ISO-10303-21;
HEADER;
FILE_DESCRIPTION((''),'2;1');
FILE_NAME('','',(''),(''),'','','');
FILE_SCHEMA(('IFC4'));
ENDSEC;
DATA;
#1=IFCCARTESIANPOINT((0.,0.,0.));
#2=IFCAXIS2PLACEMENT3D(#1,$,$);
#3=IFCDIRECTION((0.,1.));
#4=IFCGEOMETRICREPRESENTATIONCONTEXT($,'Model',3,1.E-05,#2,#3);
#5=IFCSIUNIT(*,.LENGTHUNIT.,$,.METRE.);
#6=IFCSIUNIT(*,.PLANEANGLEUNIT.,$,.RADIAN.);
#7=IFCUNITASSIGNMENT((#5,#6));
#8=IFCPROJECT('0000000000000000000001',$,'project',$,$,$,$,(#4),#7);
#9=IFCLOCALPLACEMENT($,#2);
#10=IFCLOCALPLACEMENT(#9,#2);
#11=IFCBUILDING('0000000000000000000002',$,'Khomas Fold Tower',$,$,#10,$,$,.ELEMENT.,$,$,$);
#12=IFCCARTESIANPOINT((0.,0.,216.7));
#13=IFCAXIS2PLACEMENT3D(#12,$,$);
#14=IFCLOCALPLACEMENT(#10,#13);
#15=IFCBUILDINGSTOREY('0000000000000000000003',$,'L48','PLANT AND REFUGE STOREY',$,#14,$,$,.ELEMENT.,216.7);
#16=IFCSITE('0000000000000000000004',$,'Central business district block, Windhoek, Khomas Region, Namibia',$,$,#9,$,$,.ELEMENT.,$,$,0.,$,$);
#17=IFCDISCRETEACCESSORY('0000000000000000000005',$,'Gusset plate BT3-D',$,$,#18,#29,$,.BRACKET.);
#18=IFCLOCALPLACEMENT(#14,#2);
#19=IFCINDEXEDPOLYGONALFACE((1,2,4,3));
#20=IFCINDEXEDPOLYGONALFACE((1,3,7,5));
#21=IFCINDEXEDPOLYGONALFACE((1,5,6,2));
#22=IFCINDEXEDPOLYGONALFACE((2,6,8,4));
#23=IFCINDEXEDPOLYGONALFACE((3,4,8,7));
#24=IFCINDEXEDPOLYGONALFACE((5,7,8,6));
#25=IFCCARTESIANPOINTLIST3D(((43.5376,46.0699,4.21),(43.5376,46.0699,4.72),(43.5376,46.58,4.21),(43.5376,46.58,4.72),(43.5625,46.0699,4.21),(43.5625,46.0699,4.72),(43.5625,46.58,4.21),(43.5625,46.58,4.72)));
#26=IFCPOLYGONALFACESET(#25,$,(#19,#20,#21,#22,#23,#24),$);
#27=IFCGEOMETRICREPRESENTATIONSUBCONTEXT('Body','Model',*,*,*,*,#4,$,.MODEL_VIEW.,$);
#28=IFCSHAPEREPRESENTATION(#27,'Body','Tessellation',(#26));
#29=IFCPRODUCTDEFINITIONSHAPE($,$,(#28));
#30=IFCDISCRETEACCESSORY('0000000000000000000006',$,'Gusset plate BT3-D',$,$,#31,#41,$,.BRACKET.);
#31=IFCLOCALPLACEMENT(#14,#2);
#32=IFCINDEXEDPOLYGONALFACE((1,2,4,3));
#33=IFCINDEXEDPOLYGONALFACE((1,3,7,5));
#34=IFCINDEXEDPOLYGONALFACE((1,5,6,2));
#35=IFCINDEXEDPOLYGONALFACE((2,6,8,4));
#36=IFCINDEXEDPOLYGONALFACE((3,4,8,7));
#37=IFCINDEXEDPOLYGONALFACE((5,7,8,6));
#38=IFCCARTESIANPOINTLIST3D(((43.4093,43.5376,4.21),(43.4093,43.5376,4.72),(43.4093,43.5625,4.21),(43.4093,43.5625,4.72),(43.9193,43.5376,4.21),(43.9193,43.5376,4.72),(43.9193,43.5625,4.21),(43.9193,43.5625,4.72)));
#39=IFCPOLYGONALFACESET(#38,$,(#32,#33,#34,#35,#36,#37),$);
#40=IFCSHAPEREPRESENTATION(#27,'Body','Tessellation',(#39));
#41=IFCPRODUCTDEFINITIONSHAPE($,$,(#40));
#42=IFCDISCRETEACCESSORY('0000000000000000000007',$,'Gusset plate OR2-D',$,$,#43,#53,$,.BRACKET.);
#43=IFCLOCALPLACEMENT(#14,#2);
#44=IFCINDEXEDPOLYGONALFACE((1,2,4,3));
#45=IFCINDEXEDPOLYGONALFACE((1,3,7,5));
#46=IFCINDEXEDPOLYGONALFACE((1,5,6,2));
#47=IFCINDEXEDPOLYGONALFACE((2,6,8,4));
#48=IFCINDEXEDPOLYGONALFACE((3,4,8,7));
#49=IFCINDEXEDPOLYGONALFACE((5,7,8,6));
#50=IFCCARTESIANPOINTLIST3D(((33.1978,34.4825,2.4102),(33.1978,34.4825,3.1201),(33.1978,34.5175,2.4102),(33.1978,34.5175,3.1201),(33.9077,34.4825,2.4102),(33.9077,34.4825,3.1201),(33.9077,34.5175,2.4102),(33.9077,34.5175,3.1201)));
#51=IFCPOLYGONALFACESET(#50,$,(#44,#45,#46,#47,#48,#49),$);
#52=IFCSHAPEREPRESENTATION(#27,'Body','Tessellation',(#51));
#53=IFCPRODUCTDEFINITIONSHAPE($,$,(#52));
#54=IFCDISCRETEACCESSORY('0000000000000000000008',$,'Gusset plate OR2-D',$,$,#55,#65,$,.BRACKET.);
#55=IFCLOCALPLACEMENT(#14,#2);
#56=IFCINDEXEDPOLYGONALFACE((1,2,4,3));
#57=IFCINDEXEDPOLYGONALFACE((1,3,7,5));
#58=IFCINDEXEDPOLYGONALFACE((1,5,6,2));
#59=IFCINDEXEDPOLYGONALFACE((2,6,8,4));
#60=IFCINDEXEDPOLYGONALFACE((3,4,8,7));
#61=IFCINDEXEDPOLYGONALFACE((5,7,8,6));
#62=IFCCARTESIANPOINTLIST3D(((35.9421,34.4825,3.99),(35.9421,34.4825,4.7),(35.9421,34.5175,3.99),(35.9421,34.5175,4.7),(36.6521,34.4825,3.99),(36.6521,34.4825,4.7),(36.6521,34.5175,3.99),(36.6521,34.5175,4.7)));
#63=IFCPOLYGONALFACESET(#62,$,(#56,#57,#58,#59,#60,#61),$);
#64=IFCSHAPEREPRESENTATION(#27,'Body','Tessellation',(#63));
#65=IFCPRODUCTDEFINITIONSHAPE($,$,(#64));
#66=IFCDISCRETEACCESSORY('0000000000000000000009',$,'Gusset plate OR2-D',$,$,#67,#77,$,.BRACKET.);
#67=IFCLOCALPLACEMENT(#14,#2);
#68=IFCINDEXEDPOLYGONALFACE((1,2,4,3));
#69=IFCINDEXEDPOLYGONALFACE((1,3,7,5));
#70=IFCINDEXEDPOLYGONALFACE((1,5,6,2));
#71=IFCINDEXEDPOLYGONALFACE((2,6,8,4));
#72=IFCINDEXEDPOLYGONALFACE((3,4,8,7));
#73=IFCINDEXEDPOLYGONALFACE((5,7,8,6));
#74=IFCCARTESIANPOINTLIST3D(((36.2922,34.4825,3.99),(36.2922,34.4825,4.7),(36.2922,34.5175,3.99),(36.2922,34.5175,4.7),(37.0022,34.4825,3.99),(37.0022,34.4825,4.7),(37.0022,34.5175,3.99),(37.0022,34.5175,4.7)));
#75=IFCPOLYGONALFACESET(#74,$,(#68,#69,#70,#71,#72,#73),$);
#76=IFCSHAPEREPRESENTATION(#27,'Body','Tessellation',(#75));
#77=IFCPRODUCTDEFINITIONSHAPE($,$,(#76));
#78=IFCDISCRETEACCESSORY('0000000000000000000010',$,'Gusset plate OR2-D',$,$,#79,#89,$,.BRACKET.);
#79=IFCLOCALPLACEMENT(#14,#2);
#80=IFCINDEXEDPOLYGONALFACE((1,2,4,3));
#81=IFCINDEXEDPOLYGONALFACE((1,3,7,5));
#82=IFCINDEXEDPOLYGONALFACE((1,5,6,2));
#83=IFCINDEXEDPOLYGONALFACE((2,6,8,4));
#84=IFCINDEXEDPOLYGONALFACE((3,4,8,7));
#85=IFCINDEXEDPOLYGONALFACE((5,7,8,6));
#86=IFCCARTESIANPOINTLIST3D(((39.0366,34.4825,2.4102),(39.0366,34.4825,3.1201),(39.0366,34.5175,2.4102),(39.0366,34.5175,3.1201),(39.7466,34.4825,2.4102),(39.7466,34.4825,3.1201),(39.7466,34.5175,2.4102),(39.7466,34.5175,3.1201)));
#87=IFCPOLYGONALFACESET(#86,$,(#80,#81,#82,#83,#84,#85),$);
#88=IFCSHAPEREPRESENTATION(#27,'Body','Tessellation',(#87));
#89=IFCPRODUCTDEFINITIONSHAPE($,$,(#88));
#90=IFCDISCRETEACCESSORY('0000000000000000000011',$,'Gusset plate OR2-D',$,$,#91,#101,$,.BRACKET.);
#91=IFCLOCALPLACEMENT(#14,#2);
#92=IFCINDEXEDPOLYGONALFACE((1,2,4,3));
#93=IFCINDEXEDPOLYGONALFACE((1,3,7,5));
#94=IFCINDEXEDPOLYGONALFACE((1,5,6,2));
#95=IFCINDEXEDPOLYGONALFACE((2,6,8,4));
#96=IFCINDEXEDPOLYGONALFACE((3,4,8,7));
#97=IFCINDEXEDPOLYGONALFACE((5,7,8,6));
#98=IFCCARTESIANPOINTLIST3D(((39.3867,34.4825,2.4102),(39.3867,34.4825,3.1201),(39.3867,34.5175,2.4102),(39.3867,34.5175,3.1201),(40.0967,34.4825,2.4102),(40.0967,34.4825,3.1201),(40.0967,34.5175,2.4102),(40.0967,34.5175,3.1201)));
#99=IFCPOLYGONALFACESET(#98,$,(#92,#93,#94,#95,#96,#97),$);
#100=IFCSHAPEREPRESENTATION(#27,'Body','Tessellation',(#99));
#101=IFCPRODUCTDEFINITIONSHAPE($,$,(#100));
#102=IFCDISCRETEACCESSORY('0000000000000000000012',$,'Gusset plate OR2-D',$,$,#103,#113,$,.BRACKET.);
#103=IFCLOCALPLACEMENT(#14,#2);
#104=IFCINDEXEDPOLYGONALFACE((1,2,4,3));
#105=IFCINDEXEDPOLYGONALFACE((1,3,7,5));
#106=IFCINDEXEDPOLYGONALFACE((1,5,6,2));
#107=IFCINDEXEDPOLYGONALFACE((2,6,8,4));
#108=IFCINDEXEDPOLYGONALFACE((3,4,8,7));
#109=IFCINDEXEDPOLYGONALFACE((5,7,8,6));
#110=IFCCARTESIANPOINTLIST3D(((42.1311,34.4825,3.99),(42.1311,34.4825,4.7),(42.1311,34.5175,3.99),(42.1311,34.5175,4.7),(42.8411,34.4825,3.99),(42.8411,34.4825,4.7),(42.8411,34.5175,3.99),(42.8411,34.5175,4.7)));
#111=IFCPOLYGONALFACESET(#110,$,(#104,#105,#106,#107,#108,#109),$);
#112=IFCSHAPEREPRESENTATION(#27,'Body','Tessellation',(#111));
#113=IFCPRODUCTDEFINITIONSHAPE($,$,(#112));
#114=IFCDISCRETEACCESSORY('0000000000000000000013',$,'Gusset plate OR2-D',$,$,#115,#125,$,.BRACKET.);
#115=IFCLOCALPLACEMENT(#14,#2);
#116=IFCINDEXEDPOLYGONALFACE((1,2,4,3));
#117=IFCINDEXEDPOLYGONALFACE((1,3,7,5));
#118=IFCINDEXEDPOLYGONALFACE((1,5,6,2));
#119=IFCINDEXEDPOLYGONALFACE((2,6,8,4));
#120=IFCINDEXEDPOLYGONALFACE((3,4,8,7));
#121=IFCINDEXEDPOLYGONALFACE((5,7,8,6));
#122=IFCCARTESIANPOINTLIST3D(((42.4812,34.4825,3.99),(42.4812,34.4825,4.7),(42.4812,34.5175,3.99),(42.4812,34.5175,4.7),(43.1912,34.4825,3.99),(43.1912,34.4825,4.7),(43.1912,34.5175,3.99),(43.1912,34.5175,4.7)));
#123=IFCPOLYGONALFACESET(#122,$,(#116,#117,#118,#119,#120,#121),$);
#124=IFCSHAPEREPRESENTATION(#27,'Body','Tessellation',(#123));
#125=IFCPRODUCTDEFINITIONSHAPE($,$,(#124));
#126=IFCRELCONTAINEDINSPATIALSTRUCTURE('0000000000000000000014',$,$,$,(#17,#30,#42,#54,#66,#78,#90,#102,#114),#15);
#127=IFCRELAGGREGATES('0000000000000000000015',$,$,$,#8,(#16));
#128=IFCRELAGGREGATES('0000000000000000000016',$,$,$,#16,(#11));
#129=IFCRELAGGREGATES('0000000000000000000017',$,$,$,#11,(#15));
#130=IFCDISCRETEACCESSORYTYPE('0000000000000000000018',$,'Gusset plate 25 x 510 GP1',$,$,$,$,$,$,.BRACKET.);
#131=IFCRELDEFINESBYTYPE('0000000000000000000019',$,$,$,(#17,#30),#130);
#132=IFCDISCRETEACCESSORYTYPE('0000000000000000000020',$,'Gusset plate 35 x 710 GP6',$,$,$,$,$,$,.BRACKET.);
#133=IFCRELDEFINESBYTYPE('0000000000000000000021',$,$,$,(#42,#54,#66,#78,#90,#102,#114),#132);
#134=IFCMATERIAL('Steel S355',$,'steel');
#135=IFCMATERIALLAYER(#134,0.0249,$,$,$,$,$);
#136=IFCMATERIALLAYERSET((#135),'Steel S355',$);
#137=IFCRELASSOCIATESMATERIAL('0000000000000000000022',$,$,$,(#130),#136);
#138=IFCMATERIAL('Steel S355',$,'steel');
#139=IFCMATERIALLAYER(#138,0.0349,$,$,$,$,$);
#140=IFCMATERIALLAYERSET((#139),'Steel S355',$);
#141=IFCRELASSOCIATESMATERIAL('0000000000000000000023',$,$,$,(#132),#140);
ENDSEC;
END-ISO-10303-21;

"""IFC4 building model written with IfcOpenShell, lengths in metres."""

from ifc_helpers import new_model, si_unit, direction, frame, origin, origin_2d, place, context, subcontext, project, spatial, rectangle, extrude, source, transform, mapped, material, layer, layer_set, type_object, element, save


model = new_model("IFC4")

# Units and contexts
model_context = context("Model", 3, precision=1e-05, world=origin(), true_north=direction((0.0, 1.0)))
body_context = subcontext(model_context, "Body", "Model", "MODEL_VIEW")
ifc_project = project(units=[si_unit("LENGTHUNIT", "METRE"), si_unit("PLANEANGLEUNIT", "RADIAN")], contexts=[model_context])

# Site, building, storey
site_placement = place(None, origin())
site = spatial("IfcSite", under=ifc_project, at=site_placement, Name="Central business district block, Windhoek, Khomas Region, Namibia", CompositionType="ELEMENT", RefElevation=0.0)
building_placement = place(site_placement, origin())
building = spatial("IfcBuilding", under=site, at=building_placement, Name="Khomas Fold Tower", CompositionType="ELEMENT")
storey_placement = place(building_placement, frame((0.0, 0.0, 216.7)))
storey = spatial("IfcBuildingStorey", under=building, at=storey_placement, Name="L48", Description="PLANT AND REFUGE STOREY", CompositionType="ELEMENT", Elevation=216.7)

# Discrete accessories
ifc_material_1 = material(Name="Steel S355", Category="steel")
ifc_layer_1 = layer(ifc_material_1, 0.0249)
ifc_layer_set_1 = layer_set([ifc_layer_1], Name="Steel S355")
discrete_accessory_type_1 = type_object("IfcDiscreteAccessoryType", Name="Gusset plate 25 x 510 GP1", PredefinedType="BRACKET", material=ifc_layer_set_1)
shared_shape_1 = source(origin(), body_context, "Body", "SweptSolid", [
    extrude(rectangle(XDim=0.51, YDim=0.0249, at=origin_2d()), origin(), (0.0, 0.0, 1.0), 0.51),
])
for number, where, z_axis, x_axis, name in (
    (1, (43.55, 46.325, 4.21), (0.0, 0.0, 1.0), (0.0, 1.0, 0.0), "Gusset plate BT3-D"),
    (2, (43.6643, 43.55, 4.21), (0.0, 0.0, 1.0), (1.0, 0.0, 0.0), "Gusset plate BT3-D"),
):
    element("IfcDiscreteAccessory", number, at=place(storey_placement, frame(where, z_axis=z_axis, x_axis=x_axis)), inside=storey, type_object=discrete_accessory_type_1, Name=name, PredefinedType="BRACKET", context=body_context, shape_type="MappedRepresentation", body=[
        mapped(shared_shape_1, transform((0.0, 0.0, 0.0))),
    ])
ifc_material_2 = material(Name="Steel S355", Category="steel")
ifc_layer_2 = layer(ifc_material_2, 0.0349)
ifc_layer_set_2 = layer_set([ifc_layer_2], Name="Steel S355")
discrete_accessory_type_2 = type_object("IfcDiscreteAccessoryType", Name="Gusset plate 35 x 710 GP6", PredefinedType="BRACKET", material=ifc_layer_set_2)
shared_shape_2 = source(origin(), body_context, "Body", "SweptSolid", [
    extrude(rectangle(XDim=0.71, YDim=0.0349, at=origin_2d()), origin(), (0.0, 0.0, 1.0), 0.71),
])
for number, where, z_axis, x_axis, name in (
    (3, (33.5527, 34.5, 2.4102), (0.0, 0.0, 1.0), (1.0, 0.0, 0.0), "Gusset plate OR2-D"),
    (4, (36.2971, 34.5, 3.99), (0.0, 0.0, 1.0), (1.0, 0.0, 0.0), "Gusset plate OR2-D"),
    (5, (36.6472, 34.5, 3.99), (0.0, 0.0, 1.0), (1.0, 0.0, 0.0), "Gusset plate OR2-D"),
    (6, (39.3916, 34.5, 2.4102), (0.0, 0.0, 1.0), (1.0, 0.0, 0.0), "Gusset plate OR2-D"),
    (7, (39.7417, 34.5, 2.4102), (0.0, 0.0, 1.0), (1.0, 0.0, 0.0), "Gusset plate OR2-D"),
    (8, (42.4861, 34.5, 3.99), (0.0, 0.0, 1.0), (1.0, 0.0, 0.0), "Gusset plate OR2-D"),
    (9, (42.8362, 34.5, 3.99), (0.0, 0.0, 1.0), (1.0, 0.0, 0.0), "Gusset plate OR2-D"),
):
    element("IfcDiscreteAccessory", number, at=place(storey_placement, frame(where, z_axis=z_axis, x_axis=x_axis)), inside=storey, type_object=discrete_accessory_type_2, Name=name, PredefinedType="BRACKET", context=body_context, shape_type="MappedRepresentation", body=[
        mapped(shared_shape_2, transform((0.0, 0.0, 0.0))),
    ])

save(model, "model.ifc")
